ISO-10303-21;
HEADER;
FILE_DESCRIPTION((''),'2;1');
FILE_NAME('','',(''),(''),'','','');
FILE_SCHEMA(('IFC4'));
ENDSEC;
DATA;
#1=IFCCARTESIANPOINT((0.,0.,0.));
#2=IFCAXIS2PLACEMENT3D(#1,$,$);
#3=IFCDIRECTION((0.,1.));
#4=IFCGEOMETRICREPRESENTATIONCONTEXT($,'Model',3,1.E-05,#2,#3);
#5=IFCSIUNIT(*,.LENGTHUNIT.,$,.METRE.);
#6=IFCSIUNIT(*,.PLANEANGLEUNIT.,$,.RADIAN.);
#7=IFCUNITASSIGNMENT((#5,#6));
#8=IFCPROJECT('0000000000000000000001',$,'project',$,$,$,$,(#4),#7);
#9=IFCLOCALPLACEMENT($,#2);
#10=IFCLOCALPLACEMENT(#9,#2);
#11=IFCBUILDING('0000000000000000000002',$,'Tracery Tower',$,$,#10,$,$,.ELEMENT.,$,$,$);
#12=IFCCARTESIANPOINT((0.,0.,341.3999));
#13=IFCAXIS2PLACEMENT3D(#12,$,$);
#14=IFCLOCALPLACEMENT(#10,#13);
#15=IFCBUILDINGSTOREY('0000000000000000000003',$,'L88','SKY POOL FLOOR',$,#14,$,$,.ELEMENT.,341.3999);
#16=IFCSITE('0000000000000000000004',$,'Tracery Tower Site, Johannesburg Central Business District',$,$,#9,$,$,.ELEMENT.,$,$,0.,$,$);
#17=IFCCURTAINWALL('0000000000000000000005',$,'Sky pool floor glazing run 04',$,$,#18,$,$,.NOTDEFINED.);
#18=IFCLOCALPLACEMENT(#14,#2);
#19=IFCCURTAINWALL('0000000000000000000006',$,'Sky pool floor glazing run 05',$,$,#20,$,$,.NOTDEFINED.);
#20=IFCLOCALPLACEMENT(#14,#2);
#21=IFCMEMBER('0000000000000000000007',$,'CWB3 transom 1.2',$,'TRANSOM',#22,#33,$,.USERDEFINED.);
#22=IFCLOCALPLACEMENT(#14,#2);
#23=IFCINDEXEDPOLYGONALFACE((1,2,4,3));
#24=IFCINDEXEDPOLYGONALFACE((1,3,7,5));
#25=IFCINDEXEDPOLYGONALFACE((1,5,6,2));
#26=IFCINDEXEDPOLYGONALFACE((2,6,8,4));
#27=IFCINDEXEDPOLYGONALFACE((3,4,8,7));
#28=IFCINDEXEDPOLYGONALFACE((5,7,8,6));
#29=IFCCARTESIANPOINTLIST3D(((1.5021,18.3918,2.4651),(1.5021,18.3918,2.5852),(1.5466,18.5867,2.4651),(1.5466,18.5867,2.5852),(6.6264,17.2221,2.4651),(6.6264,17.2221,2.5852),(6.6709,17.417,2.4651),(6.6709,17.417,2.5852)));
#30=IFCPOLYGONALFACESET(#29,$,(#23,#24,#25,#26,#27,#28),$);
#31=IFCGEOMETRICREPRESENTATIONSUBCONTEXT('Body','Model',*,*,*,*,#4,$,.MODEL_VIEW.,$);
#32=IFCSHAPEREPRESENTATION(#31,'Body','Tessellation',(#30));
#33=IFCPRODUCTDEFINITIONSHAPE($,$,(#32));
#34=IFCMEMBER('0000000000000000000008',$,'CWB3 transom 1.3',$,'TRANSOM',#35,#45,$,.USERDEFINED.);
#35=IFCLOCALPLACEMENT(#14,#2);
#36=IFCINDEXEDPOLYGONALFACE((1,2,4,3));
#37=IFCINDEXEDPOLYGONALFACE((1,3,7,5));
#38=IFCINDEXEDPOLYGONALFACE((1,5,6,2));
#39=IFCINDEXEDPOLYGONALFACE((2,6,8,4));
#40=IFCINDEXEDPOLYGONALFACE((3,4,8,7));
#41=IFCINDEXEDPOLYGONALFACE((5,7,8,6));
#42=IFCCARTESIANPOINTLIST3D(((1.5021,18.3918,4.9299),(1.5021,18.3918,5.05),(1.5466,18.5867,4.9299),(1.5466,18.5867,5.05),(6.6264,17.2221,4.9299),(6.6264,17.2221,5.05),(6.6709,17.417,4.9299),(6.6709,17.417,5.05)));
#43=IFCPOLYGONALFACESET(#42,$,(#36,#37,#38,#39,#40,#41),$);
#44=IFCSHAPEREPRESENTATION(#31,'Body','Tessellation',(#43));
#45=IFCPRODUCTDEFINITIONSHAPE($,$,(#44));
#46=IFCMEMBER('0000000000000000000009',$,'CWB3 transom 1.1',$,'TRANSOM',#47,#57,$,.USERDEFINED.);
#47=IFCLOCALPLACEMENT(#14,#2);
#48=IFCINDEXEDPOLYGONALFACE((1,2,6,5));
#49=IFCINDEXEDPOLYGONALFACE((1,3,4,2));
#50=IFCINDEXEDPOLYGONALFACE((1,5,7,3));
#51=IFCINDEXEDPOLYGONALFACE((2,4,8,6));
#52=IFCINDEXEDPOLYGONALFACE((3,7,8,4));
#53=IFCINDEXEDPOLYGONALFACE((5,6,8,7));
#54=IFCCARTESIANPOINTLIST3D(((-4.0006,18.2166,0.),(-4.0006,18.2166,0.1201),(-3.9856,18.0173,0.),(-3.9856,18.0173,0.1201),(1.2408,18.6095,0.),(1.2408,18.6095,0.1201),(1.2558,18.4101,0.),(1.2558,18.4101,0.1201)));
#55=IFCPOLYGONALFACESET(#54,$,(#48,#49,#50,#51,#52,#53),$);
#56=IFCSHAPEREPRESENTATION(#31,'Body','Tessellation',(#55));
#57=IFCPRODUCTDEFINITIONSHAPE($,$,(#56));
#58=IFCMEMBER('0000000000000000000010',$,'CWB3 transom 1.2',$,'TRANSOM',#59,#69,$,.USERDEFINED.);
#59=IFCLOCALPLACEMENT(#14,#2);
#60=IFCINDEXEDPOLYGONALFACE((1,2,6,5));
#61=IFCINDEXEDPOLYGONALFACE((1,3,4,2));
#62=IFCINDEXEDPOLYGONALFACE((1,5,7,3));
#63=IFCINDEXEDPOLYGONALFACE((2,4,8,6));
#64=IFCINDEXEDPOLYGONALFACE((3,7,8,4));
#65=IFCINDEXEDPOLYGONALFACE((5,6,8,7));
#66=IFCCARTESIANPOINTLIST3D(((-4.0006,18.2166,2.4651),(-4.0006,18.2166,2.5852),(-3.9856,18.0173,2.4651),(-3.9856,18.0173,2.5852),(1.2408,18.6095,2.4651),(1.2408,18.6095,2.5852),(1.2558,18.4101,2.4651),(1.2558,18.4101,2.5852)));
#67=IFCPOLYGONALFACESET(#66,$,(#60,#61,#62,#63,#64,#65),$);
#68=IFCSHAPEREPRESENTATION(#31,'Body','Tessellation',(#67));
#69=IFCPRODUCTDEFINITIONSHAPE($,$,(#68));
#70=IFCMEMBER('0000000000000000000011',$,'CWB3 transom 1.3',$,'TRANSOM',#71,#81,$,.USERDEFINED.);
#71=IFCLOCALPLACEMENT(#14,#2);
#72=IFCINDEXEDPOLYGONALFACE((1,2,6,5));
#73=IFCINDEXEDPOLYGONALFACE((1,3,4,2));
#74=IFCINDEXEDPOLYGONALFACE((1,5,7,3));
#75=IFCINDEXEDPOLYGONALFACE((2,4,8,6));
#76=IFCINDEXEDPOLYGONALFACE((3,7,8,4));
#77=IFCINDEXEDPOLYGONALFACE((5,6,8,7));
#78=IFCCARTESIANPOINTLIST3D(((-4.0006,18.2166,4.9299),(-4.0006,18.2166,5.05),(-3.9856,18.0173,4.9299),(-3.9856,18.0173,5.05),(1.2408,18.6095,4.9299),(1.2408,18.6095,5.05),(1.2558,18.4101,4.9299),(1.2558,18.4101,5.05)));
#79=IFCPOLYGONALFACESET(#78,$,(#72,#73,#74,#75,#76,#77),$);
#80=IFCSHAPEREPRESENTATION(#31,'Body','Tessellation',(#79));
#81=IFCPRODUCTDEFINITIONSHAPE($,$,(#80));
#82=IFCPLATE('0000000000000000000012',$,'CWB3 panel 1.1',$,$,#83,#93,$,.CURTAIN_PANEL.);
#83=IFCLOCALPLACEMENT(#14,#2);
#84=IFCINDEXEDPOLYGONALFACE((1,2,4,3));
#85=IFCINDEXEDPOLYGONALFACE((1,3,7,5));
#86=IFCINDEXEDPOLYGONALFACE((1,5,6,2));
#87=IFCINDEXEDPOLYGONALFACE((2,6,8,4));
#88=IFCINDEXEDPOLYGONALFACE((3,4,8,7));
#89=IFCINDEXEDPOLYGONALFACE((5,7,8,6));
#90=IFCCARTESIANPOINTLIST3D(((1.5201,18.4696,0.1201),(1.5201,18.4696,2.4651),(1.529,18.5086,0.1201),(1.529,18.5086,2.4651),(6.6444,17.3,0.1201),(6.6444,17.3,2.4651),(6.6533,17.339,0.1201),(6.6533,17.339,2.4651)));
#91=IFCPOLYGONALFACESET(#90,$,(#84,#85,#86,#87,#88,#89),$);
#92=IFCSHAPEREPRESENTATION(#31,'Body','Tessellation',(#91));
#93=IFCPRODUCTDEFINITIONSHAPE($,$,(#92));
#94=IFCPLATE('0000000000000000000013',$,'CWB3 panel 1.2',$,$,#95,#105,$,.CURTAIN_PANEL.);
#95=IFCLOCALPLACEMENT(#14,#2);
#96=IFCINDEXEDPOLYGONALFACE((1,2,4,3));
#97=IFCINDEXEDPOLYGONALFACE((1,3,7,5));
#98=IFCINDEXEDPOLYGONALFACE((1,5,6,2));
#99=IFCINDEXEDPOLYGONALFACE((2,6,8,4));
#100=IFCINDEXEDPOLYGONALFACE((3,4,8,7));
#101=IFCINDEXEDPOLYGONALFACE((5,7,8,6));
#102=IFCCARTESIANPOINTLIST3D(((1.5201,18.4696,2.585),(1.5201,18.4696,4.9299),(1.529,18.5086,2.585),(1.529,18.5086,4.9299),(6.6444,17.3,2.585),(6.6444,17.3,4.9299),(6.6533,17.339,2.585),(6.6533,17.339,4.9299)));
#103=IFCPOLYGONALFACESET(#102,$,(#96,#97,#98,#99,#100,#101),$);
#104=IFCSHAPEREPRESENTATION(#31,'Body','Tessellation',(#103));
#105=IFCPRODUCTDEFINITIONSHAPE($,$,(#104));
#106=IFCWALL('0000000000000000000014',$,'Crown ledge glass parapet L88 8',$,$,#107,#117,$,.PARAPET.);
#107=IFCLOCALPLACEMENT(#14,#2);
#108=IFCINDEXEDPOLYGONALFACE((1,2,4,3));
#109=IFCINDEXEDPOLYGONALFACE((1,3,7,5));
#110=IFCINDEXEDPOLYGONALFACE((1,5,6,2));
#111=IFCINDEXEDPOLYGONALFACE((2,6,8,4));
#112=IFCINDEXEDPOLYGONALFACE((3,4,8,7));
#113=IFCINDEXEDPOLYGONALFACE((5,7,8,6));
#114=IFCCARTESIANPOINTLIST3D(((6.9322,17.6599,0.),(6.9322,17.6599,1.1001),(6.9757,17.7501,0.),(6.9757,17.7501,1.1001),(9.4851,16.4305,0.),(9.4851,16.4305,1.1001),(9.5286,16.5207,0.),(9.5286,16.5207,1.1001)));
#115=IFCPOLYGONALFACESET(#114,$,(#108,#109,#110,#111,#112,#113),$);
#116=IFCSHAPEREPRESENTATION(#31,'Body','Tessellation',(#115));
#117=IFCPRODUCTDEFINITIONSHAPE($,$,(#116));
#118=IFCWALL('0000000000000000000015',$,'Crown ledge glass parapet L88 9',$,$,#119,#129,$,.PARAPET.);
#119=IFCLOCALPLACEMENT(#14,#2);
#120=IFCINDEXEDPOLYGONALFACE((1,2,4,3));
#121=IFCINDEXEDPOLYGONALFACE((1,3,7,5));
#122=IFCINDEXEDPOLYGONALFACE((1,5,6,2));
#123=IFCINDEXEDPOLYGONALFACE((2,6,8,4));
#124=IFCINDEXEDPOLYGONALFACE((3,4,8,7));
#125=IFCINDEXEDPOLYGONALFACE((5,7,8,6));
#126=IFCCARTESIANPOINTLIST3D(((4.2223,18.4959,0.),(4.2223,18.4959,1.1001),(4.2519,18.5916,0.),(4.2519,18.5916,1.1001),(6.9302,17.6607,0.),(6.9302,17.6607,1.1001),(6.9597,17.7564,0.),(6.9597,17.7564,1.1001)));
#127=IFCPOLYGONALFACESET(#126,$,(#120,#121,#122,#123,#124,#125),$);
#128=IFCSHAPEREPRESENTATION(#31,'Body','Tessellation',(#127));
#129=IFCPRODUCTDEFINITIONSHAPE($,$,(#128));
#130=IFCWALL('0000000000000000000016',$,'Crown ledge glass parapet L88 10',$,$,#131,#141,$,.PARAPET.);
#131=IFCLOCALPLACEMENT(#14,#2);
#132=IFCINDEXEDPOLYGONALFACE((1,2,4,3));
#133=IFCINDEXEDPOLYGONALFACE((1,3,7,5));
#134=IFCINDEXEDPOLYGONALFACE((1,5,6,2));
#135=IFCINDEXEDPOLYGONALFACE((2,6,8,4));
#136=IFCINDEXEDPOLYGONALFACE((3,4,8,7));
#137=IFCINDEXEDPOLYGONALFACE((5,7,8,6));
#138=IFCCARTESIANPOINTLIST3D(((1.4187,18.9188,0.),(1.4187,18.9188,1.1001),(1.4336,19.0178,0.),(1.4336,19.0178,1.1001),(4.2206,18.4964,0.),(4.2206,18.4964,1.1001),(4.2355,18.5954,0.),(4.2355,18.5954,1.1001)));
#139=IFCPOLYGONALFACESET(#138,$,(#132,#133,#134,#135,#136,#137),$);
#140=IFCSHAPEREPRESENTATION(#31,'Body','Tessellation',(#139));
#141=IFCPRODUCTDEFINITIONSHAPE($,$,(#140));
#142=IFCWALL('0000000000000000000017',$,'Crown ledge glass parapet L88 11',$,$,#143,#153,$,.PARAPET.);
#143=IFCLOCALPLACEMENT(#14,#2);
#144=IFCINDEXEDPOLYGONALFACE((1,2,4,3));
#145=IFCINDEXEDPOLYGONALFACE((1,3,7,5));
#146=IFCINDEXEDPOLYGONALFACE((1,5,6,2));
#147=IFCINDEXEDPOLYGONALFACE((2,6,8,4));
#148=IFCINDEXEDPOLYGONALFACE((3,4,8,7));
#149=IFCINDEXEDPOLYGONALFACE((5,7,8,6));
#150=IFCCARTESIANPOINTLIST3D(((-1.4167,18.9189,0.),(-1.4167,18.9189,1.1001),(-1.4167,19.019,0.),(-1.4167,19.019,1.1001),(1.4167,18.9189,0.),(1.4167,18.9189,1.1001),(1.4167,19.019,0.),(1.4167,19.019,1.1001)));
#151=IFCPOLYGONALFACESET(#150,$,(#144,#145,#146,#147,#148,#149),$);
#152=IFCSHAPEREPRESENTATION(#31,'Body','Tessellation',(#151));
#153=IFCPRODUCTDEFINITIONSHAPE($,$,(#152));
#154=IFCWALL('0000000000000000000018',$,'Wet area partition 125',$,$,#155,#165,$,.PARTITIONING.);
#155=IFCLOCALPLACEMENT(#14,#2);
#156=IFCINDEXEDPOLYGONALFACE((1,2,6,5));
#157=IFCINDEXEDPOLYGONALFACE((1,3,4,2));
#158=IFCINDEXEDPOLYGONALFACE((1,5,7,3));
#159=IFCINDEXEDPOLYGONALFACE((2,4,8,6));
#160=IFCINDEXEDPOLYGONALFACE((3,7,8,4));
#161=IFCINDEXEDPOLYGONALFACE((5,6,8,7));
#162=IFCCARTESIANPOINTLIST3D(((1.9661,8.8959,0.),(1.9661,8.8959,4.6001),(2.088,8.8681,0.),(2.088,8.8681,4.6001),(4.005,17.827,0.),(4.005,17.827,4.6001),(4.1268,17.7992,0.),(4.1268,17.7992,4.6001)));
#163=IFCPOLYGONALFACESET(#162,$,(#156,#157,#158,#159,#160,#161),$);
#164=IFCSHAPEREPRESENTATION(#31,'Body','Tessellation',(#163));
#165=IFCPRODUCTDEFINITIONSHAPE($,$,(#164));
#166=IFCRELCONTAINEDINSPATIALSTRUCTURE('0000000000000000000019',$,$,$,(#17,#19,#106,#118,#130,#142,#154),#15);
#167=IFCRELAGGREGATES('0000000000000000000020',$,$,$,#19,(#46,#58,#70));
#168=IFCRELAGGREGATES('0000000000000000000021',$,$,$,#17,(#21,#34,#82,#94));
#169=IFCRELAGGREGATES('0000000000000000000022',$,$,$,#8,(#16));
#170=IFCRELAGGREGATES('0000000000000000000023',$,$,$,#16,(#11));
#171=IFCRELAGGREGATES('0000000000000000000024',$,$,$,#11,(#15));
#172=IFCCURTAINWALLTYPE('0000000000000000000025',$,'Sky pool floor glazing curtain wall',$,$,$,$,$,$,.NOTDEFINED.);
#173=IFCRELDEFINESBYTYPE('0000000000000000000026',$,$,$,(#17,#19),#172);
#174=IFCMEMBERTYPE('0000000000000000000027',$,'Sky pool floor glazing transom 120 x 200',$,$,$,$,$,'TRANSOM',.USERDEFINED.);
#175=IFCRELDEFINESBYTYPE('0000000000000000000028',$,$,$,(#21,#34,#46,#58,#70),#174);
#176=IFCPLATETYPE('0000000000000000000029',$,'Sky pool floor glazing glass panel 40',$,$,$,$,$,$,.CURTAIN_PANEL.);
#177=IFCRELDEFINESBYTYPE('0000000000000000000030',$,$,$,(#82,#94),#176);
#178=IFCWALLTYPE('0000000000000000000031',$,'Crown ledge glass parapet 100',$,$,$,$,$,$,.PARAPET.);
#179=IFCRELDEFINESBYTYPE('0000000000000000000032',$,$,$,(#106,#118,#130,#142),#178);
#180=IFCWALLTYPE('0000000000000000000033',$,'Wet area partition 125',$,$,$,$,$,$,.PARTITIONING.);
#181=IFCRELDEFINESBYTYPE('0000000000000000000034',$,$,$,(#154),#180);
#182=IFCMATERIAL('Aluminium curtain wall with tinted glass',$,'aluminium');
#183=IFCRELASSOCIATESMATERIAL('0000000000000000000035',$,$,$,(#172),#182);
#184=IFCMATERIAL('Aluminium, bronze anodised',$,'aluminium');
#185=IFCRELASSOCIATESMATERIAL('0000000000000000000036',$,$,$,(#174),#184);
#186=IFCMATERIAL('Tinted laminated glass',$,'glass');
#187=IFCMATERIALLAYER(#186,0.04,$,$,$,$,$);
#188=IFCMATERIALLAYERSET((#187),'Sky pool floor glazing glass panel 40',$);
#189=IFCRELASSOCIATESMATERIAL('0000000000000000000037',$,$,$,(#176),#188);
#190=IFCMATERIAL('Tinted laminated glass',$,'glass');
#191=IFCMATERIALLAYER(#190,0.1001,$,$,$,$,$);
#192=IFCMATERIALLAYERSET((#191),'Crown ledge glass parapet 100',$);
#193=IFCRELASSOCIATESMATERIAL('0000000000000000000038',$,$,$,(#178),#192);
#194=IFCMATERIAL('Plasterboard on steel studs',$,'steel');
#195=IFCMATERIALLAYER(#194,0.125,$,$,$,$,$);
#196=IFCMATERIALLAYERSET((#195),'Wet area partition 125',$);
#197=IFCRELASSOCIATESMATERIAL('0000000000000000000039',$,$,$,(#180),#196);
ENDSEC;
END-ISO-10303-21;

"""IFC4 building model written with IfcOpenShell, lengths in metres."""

from ifc_helpers import new_model, si_unit, direction, frame, frame_2d, origin, origin_2d, place, context, subcontext, project, spatial, rectangle, extrude, material, layer, layer_set, material_profile, profile_set, type_object, element, aggregate, save


model = new_model("IFC4")

# Units and contexts
model_context = context("Model", 3, precision=1e-05, world=origin(), true_north=direction((0.0, 1.0)))
body_context = subcontext(model_context, "Body", "Model", "MODEL_VIEW")
ifc_project = project(units=[si_unit("LENGTHUNIT", "METRE"), si_unit("PLANEANGLEUNIT", "RADIAN")], contexts=[model_context])

# Site, building, storey
site_placement = place(None, origin())
site = spatial("IfcSite", under=ifc_project, at=site_placement, Name="Tracery Tower Site, Johannesburg Central Business District", CompositionType="ELEMENT", RefElevation=0.0)
building_placement = place(site_placement, origin())
building = spatial("IfcBuilding", under=site, at=building_placement, Name="Tracery Tower", CompositionType="ELEMENT")
storey_placement = place(building_placement, frame((0.0, 0.0, 341.3999)))
storey = spatial("IfcBuildingStorey", under=building, at=storey_placement, Name="L88", Description="SKY POOL FLOOR", CompositionType="ELEMENT", Elevation=341.3999)

# Shared definitions
ifc_material_1 = material(Name="Aluminium curtain wall with tinted glass", Category="aluminium")
curtain_wall_type = type_object("IfcCurtainWallType", Name="Sky pool floor glazing curtain wall", PredefinedType="NOTDEFINED", material=ifc_material_1)

# Curtain wall
curtain_wall_1_placement = place(storey_placement, origin())
curtain_wall_1 = element("IfcCurtainWall", 1, at=curtain_wall_1_placement, inside=storey, type_object=curtain_wall_type, Name="Sky pool floor glazing run 04", PredefinedType="NOTDEFINED")

# Curtain wall
curtain_wall_2_placement = place(storey_placement, origin())
curtain_wall_2 = element("IfcCurtainWall", 2, at=curtain_wall_2_placement, inside=storey, type_object=curtain_wall_type, Name="Sky pool floor glazing run 05", PredefinedType="NOTDEFINED")

# Members
ifc_material_2 = material(Name="Aluminium, bronze anodised", Category="aluminium")
ifc_material_profile_1 = material_profile(ifc_material_2, rectangle(XDim=0.2, YDim=0.1201, at=origin_2d()), Name="Sky pool floor glazing transom 120 x 200")
ifc_profile_set_1 = profile_set([ifc_material_profile_1], Name="Aluminium, bronze anodised")
member_type_1 = type_object("IfcMemberType", Name="Sky pool floor glazing transom 120 x 200", ElementType="TRANSOM", PredefinedType="USERDEFINED", material=ifc_profile_set_1)
member_1_placement = place(storey_placement, frame((6.6487, 17.3196, 2.5251), z_axis=(-0.974924, 0.222538, 0.0), x_axis=(-0.222538, -0.974924, 0.0)))
member_1 = element("IfcMember", 3, at=member_1_placement, type_object=member_type_1, Name="CWB3 transom 1.2", ObjectType="TRANSOM", PredefinedType="USERDEFINED", context=body_context, shape_type="SweptSolid", body=[
    extrude(rectangle(XDim=0.2, YDim=0.1201, at=origin_2d()), origin(), (0.0, 0.0, 1.0), 5.2561),
])
member_2_placement = place(storey_placement, frame((6.6487, 17.3196, 4.99), z_axis=(-0.974924, 0.222538, 0.0), x_axis=(-0.222538, -0.974924, 0.0)))
member_2 = element("IfcMember", 4, at=member_2_placement, type_object=member_type_1, Name="CWB3 transom 1.3", ObjectType="TRANSOM", PredefinedType="USERDEFINED", context=body_context, shape_type="SweptSolid", body=[
    extrude(rectangle(XDim=0.2, YDim=0.1201, at=origin_2d()), origin(), (0.0, 0.0, 1.0), 5.2561),
])
member_3_placement = place(storey_placement, frame((1.2483, 18.5098, 0.0601), z_axis=(-0.997203, -0.074736, 0.0), x_axis=(0.074736, -0.997203, 0.0)))
member_3 = element("IfcMember", 5, at=member_3_placement, type_object=member_type_1, Name="CWB3 transom 1.1", ObjectType="TRANSOM", PredefinedType="USERDEFINED", context=body_context, shape_type="SweptSolid", body=[
    extrude(rectangle(XDim=0.2, YDim=0.1201, at=origin_2d()), origin(), (0.0, 0.0, 1.0), 5.2561),
])
member_4_placement = place(storey_placement, frame((1.2483, 18.5098, 2.5251), z_axis=(-0.997203, -0.074736, 0.0), x_axis=(0.074736, -0.997203, 0.0)))
member_4 = element("IfcMember", 6, at=member_4_placement, type_object=member_type_1, Name="CWB3 transom 1.2", ObjectType="TRANSOM", PredefinedType="USERDEFINED", context=body_context, shape_type="SweptSolid", body=[
    extrude(rectangle(XDim=0.2, YDim=0.1201, at=origin_2d()), origin(), (0.0, 0.0, 1.0), 5.2561),
])
member_5_placement = place(storey_placement, frame((1.2483, 18.5098, 4.99), z_axis=(-0.997203, -0.074736, 0.0), x_axis=(0.074736, -0.997203, 0.0)))
member_5 = element("IfcMember", 7, at=member_5_placement, type_object=member_type_1, Name="CWB3 transom 1.3", ObjectType="TRANSOM", PredefinedType="USERDEFINED", context=body_context, shape_type="SweptSolid", body=[
    extrude(rectangle(XDim=0.2, YDim=0.1201, at=origin_2d()), origin(), (0.0, 0.0, 1.0), 5.2561),
])
aggregate(curtain_wall_2, [member_3, member_4, member_5])

# Plates
ifc_material_3 = material(Name="Tinted laminated glass", Category="glass")
ifc_layer_1 = layer(ifc_material_3, 0.04)
ifc_layer_set_1 = layer_set([ifc_layer_1], Name="Sky pool floor glazing glass panel 40")
plate_type = type_object("IfcPlateType", Name="Sky pool floor glazing glass panel 40", PredefinedType="CURTAIN_PANEL", material=ifc_layer_set_1)
plate_1_placement = place(storey_placement, frame((4.0867, 17.9043, 0.1201), z_axis=(0.0, 0.0, 1.0), x_axis=(-0.974928, 0.222522, 0.0)))
plate_1 = element("IfcPlate", 8, at=plate_1_placement, type_object=plate_type, Name="CWB3 panel 1.1", PredefinedType="CURTAIN_PANEL", context=body_context, shape_type="SweptSolid", body=[
    extrude(rectangle(XDim=5.2561, YDim=0.04, at=origin_2d()), origin(), (0.0, 0.0, 1.0), 2.345),
])
plate_2_placement = place(storey_placement, frame((4.0867, 17.9043, 2.585), z_axis=(0.0, 0.0, 1.0), x_axis=(-0.974928, 0.222522, 0.0)))
plate_2 = element("IfcPlate", 9, at=plate_2_placement, type_object=plate_type, Name="CWB3 panel 1.2", PredefinedType="CURTAIN_PANEL", context=body_context, shape_type="SweptSolid", body=[
    extrude(rectangle(XDim=5.2561, YDim=0.04, at=origin_2d()), origin(), (0.0, 0.0, 1.0), 2.345),
])
aggregate(curtain_wall_1, [member_1, member_2, plate_1, plate_2])

# Walls
ifc_material_4 = material(Name="Tinted laminated glass", Category="glass")
ifc_layer_2 = layer(ifc_material_4, 0.1001)
ifc_layer_set_2 = layer_set([ifc_layer_2], Name="Crown ledge glass parapet 100")
wall_type_1 = type_object("IfcWallType", Name="Crown ledge glass parapet 100", PredefinedType="PARAPET", material=ifc_layer_set_2)
wall_1_placement = place(storey_placement, frame((9.5068, 16.4756, 0.0), z_axis=(0.0, 0.0, 1.0), x_axis=(-0.900963, 0.433896, 0.0)))
element("IfcWall", 10, at=wall_1_placement, inside=storey, type_object=wall_type_1, Name="Crown ledge glass parapet L88 8", PredefinedType="PARAPET", context=body_context, shape_type="SweptSolid", body=[
    extrude(rectangle(XDim=2.8335, YDim=0.1001, at=frame_2d((1.4167, 0.0))), origin(), (0.0, 0.0, 1.0), 1.1001),
])
wall_2_placement = place(storey_placement, frame((6.9451, 17.7085, 0.0), z_axis=(0.0, 0.0, 1.0), x_axis=(-0.955576, 0.294746, 0.0)))
element("IfcWall", 11, at=wall_2_placement, inside=storey, type_object=wall_type_1, Name="Crown ledge glass parapet L88 9", PredefinedType="PARAPET", context=body_context, shape_type="SweptSolid", body=[
    extrude(rectangle(XDim=2.8337, YDim=0.1001, at=frame_2d((1.417, 0.0))), origin(), (0.0, 0.0, 1.0), 1.1001),
])
for number, where, z_axis, x_axis, name in (
    (12, (4.228, 18.5459, 0.0), (0.0, 0.0, 1.0), (-0.988827, 0.149065, 0.0), "Crown ledge glass parapet L88 10"),
    (13, (1.4167, 18.969, 0.0), (0.0, 0.0, 1.0), (-1.0, 0.0, 0.0), "Crown ledge glass parapet L88 11"),
):
    element("IfcWall", number, at=place(storey_placement, frame(where, z_axis=z_axis, x_axis=x_axis)), inside=storey, type_object=wall_type_1, Name=name, PredefinedType="PARAPET", context=body_context, shape_type="SweptSolid", body=[
        extrude(rectangle(XDim=2.8335, YDim=0.1001, at=frame_2d((1.4167, 0.0))), origin(), (0.0, 0.0, 1.0), 1.1001),
    ])
ifc_material_5 = material(Name="Plasterboard on steel studs", Category="steel")
ifc_layer_3 = layer(ifc_material_5, 0.125)
ifc_layer_set_3 = layer_set([ifc_layer_3], Name="Wet area partition 125")
wall_type_2 = type_object("IfcWallType", Name="Wet area partition 125", PredefinedType="PARTITIONING", material=ifc_layer_set_3)
wall_3_placement = place(storey_placement, frame((4.0659, 17.8132, 0.0), z_axis=(0.0, 0.0, 1.0), x_axis=(-0.222556, -0.97492, 0.0)))
element("IfcWall", 14, at=wall_3_placement, inside=storey, type_object=wall_type_2, Name="Wet area partition 125", PredefinedType="PARTITIONING", context=body_context, shape_type="SweptSolid", body=[
    extrude(rectangle(XDim=9.1609, YDim=0.125, at=frame_2d((4.5806, 0.0))), origin(), (0.0, 0.0, 1.0), 4.6001),
])

save(model, "model.ifc")
